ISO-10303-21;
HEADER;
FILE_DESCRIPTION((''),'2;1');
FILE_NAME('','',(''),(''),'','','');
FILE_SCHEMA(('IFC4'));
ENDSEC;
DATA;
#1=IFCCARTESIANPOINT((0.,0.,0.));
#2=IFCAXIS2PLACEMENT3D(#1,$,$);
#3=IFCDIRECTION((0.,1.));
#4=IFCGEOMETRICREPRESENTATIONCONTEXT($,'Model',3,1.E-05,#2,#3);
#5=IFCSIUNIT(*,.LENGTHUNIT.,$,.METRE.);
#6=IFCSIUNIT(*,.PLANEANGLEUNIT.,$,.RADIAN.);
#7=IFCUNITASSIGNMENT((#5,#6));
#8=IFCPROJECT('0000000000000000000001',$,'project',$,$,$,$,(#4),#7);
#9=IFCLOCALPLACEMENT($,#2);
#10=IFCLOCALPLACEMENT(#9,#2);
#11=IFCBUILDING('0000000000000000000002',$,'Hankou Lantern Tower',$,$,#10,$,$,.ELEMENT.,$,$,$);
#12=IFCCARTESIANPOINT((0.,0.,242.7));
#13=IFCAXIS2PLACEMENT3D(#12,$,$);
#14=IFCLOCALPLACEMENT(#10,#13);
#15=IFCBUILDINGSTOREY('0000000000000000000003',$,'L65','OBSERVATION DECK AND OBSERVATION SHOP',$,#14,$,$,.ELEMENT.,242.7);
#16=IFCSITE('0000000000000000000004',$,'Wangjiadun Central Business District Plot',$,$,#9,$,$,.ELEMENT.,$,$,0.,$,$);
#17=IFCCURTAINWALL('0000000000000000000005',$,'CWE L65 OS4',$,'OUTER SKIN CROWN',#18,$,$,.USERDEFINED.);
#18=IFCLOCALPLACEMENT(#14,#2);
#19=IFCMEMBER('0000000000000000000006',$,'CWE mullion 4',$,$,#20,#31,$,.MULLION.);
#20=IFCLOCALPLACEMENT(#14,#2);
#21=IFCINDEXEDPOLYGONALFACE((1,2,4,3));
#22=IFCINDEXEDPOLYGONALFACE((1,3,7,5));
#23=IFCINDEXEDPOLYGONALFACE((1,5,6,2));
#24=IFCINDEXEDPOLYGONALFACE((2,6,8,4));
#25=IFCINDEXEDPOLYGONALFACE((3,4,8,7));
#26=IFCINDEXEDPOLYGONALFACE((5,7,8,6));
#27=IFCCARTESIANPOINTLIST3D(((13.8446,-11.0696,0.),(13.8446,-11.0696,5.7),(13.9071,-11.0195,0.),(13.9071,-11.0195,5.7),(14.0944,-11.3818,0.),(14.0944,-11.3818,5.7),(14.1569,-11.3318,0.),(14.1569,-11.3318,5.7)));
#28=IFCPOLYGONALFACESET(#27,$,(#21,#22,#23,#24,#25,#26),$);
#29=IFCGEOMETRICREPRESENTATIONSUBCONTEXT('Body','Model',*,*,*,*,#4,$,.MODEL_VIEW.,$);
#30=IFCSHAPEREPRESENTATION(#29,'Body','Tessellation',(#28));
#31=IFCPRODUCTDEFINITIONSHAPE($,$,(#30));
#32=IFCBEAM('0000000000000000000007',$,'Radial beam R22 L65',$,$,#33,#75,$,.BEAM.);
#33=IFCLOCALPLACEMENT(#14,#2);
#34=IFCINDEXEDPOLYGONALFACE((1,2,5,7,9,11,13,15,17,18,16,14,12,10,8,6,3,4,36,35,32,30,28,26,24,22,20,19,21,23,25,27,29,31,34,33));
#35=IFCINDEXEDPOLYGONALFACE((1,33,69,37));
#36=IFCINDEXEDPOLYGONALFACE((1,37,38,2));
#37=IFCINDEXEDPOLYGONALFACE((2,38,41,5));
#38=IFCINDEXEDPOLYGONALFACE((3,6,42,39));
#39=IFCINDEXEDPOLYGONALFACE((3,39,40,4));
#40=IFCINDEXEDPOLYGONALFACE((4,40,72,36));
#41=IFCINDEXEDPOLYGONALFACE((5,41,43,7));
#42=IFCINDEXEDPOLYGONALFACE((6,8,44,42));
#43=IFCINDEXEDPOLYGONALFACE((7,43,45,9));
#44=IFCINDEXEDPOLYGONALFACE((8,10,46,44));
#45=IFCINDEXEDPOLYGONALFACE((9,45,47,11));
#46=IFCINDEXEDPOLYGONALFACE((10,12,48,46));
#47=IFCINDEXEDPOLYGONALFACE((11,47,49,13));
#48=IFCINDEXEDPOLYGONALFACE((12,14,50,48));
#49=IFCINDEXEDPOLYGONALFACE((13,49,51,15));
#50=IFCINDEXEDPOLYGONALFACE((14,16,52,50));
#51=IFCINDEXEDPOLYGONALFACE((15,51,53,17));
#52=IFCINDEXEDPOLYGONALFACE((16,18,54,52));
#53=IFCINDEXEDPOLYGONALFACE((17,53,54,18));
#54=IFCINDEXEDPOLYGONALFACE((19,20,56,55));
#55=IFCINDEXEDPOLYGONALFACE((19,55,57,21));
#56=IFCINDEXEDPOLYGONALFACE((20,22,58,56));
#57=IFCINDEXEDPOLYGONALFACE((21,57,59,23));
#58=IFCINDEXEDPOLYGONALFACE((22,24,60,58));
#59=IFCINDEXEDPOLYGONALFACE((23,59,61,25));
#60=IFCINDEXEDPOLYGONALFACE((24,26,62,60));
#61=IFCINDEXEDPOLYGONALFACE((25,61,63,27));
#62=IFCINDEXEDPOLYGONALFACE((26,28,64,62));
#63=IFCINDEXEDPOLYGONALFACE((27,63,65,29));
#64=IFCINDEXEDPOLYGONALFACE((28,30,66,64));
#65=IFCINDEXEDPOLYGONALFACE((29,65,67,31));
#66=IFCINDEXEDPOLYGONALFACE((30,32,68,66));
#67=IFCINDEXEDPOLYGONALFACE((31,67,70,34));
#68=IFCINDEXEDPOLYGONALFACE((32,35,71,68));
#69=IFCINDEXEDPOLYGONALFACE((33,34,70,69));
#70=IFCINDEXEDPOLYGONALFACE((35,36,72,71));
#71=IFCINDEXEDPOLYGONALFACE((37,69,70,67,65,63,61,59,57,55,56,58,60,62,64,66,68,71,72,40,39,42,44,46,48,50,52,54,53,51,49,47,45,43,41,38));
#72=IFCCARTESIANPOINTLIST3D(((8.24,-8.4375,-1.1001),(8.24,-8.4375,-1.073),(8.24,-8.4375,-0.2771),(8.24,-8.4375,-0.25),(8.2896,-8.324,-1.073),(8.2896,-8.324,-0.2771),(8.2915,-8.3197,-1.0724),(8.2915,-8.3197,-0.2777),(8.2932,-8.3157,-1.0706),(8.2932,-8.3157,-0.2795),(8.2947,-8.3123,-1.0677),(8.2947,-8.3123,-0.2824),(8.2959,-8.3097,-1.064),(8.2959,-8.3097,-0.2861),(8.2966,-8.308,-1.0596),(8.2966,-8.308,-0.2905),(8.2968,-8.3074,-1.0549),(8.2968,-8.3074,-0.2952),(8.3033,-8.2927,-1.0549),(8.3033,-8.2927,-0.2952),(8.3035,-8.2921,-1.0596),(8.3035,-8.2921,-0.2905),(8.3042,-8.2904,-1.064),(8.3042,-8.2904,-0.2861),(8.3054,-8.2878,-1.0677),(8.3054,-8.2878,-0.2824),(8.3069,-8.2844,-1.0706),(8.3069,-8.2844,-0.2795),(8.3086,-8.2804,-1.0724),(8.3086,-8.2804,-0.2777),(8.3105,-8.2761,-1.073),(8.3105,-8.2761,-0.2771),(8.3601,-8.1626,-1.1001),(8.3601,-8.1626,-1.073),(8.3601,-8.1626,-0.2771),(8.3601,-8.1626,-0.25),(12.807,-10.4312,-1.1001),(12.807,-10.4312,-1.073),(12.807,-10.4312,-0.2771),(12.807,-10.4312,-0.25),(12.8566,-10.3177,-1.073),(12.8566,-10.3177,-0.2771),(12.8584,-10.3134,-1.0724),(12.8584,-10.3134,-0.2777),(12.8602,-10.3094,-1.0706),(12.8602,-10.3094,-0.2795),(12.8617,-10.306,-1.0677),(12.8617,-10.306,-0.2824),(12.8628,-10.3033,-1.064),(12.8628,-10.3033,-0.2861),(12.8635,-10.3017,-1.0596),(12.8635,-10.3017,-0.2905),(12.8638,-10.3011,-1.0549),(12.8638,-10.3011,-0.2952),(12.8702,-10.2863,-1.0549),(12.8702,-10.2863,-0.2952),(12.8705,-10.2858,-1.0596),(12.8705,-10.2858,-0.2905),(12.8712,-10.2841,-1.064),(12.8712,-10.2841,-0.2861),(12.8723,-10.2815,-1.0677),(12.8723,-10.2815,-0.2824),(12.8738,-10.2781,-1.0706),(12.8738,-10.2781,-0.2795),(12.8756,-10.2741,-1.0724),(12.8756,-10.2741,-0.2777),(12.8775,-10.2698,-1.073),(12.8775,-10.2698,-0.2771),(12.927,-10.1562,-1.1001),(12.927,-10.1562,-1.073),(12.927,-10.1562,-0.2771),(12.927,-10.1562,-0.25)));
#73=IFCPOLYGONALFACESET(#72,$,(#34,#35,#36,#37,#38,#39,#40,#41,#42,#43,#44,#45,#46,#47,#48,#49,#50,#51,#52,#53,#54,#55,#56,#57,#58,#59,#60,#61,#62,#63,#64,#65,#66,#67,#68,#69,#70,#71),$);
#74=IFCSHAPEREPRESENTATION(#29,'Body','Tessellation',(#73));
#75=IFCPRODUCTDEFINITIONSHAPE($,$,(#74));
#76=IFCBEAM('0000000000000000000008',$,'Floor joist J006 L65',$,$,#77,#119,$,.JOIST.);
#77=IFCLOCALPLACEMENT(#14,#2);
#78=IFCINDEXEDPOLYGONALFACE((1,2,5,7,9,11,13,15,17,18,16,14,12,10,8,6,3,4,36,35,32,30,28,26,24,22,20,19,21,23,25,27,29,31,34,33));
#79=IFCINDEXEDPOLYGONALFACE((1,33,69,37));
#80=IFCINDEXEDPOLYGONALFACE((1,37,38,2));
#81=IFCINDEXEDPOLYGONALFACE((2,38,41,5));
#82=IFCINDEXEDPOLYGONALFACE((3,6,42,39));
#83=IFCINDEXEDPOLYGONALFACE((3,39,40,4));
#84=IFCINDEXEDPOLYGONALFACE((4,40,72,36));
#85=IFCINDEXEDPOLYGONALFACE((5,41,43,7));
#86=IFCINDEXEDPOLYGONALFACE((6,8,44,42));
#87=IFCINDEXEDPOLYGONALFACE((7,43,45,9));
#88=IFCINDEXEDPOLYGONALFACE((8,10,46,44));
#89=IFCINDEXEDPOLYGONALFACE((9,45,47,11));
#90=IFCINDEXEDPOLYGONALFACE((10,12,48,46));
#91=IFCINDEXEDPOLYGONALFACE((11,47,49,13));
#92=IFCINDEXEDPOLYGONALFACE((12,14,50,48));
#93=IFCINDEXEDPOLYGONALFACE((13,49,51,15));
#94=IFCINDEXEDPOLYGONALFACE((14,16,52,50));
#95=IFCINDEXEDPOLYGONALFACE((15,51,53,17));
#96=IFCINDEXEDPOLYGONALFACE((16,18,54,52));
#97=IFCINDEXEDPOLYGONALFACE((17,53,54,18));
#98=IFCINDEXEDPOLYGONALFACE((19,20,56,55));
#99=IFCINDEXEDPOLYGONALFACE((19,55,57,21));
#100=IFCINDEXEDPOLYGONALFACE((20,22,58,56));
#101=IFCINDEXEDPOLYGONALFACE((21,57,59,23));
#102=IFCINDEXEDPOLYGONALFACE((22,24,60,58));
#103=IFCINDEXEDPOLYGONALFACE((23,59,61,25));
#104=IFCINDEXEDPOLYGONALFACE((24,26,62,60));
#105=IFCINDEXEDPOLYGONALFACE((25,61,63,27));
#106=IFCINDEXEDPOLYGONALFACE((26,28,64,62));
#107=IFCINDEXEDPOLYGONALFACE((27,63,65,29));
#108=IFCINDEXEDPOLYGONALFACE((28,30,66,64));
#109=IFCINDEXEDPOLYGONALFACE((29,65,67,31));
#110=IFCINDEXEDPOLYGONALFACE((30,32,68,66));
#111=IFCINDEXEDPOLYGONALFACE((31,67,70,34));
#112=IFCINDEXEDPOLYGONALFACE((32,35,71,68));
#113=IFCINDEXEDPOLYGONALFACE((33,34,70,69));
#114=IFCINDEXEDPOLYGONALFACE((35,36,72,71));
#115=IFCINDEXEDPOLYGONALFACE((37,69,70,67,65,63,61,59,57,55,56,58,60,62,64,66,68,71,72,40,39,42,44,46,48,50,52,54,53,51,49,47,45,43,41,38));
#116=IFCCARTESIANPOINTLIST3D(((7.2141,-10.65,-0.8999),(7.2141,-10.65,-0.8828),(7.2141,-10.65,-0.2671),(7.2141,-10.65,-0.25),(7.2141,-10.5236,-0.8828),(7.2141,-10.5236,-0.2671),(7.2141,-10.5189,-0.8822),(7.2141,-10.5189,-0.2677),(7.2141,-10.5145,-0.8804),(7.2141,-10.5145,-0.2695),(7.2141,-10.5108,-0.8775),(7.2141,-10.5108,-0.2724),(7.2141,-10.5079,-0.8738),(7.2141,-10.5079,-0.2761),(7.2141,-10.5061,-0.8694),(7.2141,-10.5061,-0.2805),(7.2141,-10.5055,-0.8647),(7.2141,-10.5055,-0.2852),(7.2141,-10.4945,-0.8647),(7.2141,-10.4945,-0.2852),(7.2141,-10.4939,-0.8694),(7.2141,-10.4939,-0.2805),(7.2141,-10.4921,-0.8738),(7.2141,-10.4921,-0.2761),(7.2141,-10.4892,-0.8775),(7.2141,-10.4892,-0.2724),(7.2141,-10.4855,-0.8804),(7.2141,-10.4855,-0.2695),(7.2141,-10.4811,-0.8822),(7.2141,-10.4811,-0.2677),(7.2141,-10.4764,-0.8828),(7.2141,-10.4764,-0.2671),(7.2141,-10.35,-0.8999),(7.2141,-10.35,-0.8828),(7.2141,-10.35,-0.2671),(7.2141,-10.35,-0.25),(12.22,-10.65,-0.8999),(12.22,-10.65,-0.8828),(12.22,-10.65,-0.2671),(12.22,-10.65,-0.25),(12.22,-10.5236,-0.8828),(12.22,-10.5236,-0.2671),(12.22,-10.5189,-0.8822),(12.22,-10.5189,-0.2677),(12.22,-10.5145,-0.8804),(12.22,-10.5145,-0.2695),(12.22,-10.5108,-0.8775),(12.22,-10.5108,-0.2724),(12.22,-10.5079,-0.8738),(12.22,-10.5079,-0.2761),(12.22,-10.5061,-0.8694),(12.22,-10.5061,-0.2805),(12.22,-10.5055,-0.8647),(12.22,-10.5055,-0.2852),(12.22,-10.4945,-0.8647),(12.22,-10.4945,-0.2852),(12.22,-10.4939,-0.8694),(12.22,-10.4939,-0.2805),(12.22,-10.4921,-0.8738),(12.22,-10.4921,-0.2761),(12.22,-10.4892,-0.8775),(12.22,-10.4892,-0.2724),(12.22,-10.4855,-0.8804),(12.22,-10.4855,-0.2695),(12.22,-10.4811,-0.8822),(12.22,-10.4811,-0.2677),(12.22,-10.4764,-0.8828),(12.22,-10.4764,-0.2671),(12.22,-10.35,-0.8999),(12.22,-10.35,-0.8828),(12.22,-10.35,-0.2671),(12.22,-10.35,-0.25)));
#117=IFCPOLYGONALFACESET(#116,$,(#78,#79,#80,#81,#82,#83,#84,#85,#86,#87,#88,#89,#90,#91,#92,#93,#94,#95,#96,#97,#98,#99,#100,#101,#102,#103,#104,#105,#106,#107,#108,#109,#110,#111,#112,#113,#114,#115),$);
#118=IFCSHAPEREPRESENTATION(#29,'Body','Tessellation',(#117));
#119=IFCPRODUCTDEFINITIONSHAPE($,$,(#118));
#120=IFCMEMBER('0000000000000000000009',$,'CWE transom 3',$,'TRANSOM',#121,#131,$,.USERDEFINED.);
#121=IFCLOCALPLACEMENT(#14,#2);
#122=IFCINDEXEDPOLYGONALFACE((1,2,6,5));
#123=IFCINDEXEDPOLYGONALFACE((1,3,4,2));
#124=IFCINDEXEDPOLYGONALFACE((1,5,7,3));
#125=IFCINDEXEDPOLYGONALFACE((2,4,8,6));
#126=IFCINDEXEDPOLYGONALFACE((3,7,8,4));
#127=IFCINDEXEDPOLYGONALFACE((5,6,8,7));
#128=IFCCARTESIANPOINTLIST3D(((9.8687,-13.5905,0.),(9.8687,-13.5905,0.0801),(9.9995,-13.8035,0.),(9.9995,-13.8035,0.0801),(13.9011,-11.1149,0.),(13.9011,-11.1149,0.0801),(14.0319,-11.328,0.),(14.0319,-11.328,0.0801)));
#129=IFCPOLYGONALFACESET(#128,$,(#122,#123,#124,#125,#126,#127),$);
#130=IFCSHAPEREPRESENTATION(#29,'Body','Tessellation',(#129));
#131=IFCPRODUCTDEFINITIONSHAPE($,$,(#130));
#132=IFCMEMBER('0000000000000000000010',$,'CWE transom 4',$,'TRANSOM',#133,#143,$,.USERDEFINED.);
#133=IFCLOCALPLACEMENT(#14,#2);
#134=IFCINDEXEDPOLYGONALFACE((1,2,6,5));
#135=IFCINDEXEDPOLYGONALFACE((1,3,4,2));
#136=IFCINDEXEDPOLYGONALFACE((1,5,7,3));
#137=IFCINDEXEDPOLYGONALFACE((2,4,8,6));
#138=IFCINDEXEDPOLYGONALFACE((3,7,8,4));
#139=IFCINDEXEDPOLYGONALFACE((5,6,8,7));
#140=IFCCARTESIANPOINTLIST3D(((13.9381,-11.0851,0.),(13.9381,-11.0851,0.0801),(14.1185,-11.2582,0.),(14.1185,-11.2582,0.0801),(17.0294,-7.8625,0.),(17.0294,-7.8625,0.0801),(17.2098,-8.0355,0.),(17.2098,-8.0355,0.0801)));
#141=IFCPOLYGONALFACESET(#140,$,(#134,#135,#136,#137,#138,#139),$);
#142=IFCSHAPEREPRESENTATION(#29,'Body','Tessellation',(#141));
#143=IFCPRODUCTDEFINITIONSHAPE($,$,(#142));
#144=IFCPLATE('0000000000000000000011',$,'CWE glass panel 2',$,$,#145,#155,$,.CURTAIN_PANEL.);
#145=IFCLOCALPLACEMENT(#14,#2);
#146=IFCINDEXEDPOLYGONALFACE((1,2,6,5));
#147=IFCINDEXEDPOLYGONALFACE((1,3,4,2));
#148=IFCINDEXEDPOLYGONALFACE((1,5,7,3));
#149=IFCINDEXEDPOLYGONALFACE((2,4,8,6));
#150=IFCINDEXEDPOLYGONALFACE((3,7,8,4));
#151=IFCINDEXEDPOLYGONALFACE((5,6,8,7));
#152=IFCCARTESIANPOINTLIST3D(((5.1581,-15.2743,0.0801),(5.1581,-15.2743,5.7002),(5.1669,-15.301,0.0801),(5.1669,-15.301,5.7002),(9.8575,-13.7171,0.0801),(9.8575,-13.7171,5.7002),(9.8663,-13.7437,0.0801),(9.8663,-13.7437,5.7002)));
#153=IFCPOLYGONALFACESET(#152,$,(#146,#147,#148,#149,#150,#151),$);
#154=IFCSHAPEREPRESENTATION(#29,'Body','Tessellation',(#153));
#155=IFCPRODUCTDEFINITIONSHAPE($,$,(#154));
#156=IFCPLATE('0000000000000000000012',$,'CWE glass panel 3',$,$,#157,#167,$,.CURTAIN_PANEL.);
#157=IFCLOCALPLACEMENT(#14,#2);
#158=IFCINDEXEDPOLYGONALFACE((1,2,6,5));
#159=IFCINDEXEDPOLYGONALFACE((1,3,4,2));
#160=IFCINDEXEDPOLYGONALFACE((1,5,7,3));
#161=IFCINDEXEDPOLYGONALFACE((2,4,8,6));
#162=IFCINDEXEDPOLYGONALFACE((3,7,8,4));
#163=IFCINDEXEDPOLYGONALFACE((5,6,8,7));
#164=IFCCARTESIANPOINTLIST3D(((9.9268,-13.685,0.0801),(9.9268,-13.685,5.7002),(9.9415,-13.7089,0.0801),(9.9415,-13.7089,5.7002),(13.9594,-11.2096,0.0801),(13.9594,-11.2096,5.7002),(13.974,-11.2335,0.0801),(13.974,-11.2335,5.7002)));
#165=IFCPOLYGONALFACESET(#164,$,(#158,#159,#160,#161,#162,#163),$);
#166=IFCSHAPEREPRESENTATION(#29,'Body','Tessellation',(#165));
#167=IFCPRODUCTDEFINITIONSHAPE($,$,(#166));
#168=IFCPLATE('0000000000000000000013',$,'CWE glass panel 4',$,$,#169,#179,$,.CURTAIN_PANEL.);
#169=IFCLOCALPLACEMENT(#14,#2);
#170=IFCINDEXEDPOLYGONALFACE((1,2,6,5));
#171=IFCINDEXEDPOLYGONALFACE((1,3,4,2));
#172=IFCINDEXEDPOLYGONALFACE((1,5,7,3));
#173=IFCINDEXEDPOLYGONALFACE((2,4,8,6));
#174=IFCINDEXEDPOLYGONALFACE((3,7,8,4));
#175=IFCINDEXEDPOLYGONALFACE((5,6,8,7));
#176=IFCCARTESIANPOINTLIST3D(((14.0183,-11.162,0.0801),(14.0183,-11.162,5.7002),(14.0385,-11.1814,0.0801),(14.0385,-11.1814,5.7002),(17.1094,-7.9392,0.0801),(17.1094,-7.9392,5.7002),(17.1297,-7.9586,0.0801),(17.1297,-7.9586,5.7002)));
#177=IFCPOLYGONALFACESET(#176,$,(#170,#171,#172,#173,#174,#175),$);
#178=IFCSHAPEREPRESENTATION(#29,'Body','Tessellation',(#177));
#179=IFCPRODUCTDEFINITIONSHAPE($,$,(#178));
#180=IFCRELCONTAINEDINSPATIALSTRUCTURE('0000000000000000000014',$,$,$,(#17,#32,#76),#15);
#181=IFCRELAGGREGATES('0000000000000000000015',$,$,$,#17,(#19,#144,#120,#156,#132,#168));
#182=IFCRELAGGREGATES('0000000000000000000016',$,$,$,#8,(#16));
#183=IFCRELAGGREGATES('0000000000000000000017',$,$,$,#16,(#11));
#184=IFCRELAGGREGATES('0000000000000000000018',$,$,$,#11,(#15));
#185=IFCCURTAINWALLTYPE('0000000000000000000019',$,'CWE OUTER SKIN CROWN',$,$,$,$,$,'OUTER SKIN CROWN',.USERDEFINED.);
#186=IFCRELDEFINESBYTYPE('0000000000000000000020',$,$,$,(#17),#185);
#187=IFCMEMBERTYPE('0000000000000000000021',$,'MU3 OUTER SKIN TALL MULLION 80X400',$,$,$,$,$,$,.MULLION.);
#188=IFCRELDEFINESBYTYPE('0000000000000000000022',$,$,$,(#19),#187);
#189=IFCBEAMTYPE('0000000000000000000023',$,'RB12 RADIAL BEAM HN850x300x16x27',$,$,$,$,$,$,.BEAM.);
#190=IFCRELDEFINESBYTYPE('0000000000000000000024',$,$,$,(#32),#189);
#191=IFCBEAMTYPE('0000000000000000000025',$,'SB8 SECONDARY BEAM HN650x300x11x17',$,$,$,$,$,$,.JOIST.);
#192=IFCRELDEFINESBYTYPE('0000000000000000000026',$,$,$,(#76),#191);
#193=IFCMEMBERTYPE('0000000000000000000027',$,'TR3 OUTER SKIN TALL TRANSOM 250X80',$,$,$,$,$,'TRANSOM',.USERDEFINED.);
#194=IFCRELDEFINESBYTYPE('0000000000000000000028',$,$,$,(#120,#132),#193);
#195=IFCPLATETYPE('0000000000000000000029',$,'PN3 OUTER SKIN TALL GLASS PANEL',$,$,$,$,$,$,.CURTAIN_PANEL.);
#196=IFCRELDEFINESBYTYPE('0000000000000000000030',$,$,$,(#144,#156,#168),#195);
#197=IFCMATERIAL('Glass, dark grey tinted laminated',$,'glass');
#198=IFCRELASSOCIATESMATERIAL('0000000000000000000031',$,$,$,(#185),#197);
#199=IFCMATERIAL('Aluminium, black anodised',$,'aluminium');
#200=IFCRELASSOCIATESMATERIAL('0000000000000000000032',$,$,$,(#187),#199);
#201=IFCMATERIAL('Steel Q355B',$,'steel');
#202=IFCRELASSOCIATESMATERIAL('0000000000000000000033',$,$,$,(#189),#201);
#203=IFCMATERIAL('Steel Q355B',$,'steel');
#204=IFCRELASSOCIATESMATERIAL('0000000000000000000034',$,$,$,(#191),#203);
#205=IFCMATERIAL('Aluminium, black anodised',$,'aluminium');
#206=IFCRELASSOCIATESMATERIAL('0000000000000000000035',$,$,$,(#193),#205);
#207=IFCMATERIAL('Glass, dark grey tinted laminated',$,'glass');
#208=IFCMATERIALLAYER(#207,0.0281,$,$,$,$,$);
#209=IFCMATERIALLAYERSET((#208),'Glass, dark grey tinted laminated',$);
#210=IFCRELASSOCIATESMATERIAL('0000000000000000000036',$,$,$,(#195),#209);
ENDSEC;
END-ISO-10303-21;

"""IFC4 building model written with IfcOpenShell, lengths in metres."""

from ifc_helpers import new_model, si_unit, direction, frame, origin, origin_2d, place, context, subcontext, project, spatial, rectangle, i_section, extrude, material, layer, layer_set, material_profile, profile_set, type_object, element, aggregate, save


model = new_model("IFC4")

# Units and contexts
model_context = context("Model", 3, precision=1e-05, world=origin(), true_north=direction((0.0, 1.0)))
body_context = subcontext(model_context, "Body", "Model", "MODEL_VIEW")
ifc_project = project(units=[si_unit("LENGTHUNIT", "METRE"), si_unit("PLANEANGLEUNIT", "RADIAN")], contexts=[model_context])

# Site, building, storey
site_placement = place(None, origin())
site = spatial("IfcSite", under=ifc_project, at=site_placement, Name="Wangjiadun Central Business District Plot", CompositionType="ELEMENT", RefElevation=0.0)
building_placement = place(site_placement, origin())
building = spatial("IfcBuilding", under=site, at=building_placement, Name="Hankou Lantern Tower", CompositionType="ELEMENT")
storey_placement = place(building_placement, frame((0.0, 0.0, 242.7)))
storey = spatial("IfcBuildingStorey", under=building, at=storey_placement, Name="L65", Description="OBSERVATION DECK AND OBSERVATION SHOP", CompositionType="ELEMENT", Elevation=242.7)

# Curtain wall, member
ifc_material_1 = material(Name="Glass, dark grey tinted laminated", Category="glass")
curtain_wall_type = type_object("IfcCurtainWallType", Name="CWE OUTER SKIN CROWN", ElementType="OUTER SKIN CROWN", PredefinedType="USERDEFINED", material=ifc_material_1)
curtain_wall_placement = place(storey_placement, origin())
curtain_wall = element("IfcCurtainWall", 1, at=curtain_wall_placement, inside=storey, type_object=curtain_wall_type, Name="CWE L65 OS4", ObjectType="OUTER SKIN CROWN", PredefinedType="USERDEFINED")
ifc_material_2 = material(Name="Aluminium, black anodised", Category="aluminium")
ifc_material_profile_1 = material_profile(ifc_material_2, rectangle(XDim=0.0801, YDim=0.3999, at=origin_2d()), Name="MU3 80X400")
ifc_profile_set_1 = profile_set([ifc_material_profile_1], Name="Aluminium, black anodised")
member_type_1 = type_object("IfcMemberType", Name="MU3 OUTER SKIN TALL MULLION 80X400", PredefinedType="MULLION", material=ifc_profile_set_1)
member_1_placement = place(storey_placement, frame((14.0007, -11.2007, 0.0), z_axis=(0.0, 0.0, 1.0), x_axis=(0.780869, 0.624695, 0.0)))
member_1 = element("IfcMember", 2, at=member_1_placement, type_object=member_type_1, Name="CWE mullion 4", PredefinedType="MULLION", context=body_context, shape_type="SweptSolid", body=[
    extrude(rectangle(XDim=0.0801, YDim=0.3999, at=origin_2d()), origin(), (0.0, 0.0, 1.0), 5.7),
])

# Beams
ifc_material_3 = material(Name="Steel Q355B", Category="steel")
ifc_material_profile_2 = material_profile(ifc_material_3, i_section(OverallWidth=0.3, OverallDepth=0.8501, WebThickness=0.0161, FlangeThickness=0.0271, FilletRadius=0.0181, at=origin_2d()), Name="HN850x300x16x27")
ifc_profile_set_2 = profile_set([ifc_material_profile_2], Name="Steel Q355B")
beam_type_1 = type_object("IfcBeamType", Name="RB12 RADIAL BEAM HN850x300x16x27", PredefinedType="BEAM", material=ifc_profile_set_2)
beam_1_placement = place(storey_placement, frame((8.3, -8.3, -0.675), z_axis=(0.916479, -0.400084, 0.0), x_axis=(0.400084, 0.916479, 0.0)))
element("IfcBeam", 3, at=beam_1_placement, inside=storey, type_object=beam_type_1, Name="Radial beam R22 L65", PredefinedType="BEAM", context=body_context, shape_type="SweptSolid", body=[
    extrude(i_section(OverallWidth=0.3, OverallDepth=0.8501, WebThickness=0.0161, FlangeThickness=0.0271, FilletRadius=0.0181, at=origin_2d()), origin(), (0.0, 0.0, 1.0), 4.9832),
])
ifc_material_4 = material(Name="Steel Q355B", Category="steel")
ifc_material_profile_3 = material_profile(ifc_material_4, i_section(OverallWidth=0.3, OverallDepth=0.6499, WebThickness=0.011, FlangeThickness=0.0171, FilletRadius=0.0181, at=origin_2d()), Name="HN650x300x11x17")
ifc_profile_set_3 = profile_set([ifc_material_profile_3], Name="Steel Q355B")
beam_type_2 = type_object("IfcBeamType", Name="SB8 SECONDARY BEAM HN650x300x11x17", PredefinedType="JOIST", material=ifc_profile_set_3)
beam_2_placement = place(storey_placement, frame((7.2141, -10.5, -0.575), z_axis=(1.0, 0.0, 0.0), x_axis=(0.0, 1.0, 0.0)))
element("IfcBeam", 4, at=beam_2_placement, inside=storey, type_object=beam_type_2, Name="Floor joist J006 L65", PredefinedType="JOIST", context=body_context, shape_type="SweptSolid", body=[
    extrude(i_section(OverallWidth=0.3, OverallDepth=0.6499, WebThickness=0.011, FlangeThickness=0.0171, FilletRadius=0.0181, at=origin_2d()), origin(), (0.0, 0.0, 1.0), 5.0059),
])

# Members
ifc_material_5 = material(Name="Aluminium, black anodised", Category="aluminium")
ifc_material_profile_4 = material_profile(ifc_material_5, rectangle(XDim=0.25, YDim=0.0801, at=origin_2d()), Name="TR3 250X80")
ifc_profile_set_4 = profile_set([ifc_material_profile_4], Name="Aluminium, black anodised")
member_type_2 = type_object("IfcMemberType", Name="TR3 OUTER SKIN TALL TRANSOM 250X80", ElementType="TRANSOM", PredefinedType="USERDEFINED", material=ifc_profile_set_4)
member_2_placement = place(storey_placement, frame((9.9341, -13.697, 0.04), z_axis=(0.852218, 0.523187, 0.0), x_axis=(-0.523187, 0.852218, 0.0)))
member_2 = element("IfcMember", 5, at=member_2_placement, type_object=member_type_2, Name="CWE transom 3", ObjectType="TRANSOM", PredefinedType="USERDEFINED", context=body_context, shape_type="SweptSolid", body=[
    extrude(rectangle(XDim=0.25, YDim=0.0801, at=origin_2d()), origin(), (0.0, 0.0, 1.0), 4.7317),
])
member_3_placement = place(storey_placement, frame((14.0283, -11.1716, 0.04), z_axis=(0.692247, 0.72166, 0.0), x_axis=(-0.72166, 0.692247, 0.0)))
member_3 = element("IfcMember", 6, at=member_3_placement, type_object=member_type_2, Name="CWE transom 4", ObjectType="TRANSOM", PredefinedType="USERDEFINED", context=body_context, shape_type="SweptSolid", body=[
    extrude(rectangle(XDim=0.25, YDim=0.0801, at=origin_2d()), origin(), (0.0, 0.0, 1.0), 4.4656),
])

# Plates
ifc_material_6 = material(Name="Glass, dark grey tinted laminated", Category="glass")
ifc_layer_1 = layer(ifc_material_6, 0.0281)
ifc_layer_set_1 = layer_set([ifc_layer_1], Name="Glass, dark grey tinted laminated")
plate_type = type_object("IfcPlateType", Name="PN3 OUTER SKIN TALL GLASS PANEL", PredefinedType="CURTAIN_PANEL", material=ifc_layer_set_1)
plate_1_placement = place(storey_placement, frame((7.5122, -14.509, 0.0801), z_axis=(0.0, 0.0, 1.0), x_axis=(0.949241, 0.314551, 0.0)))
plate_1 = element("IfcPlate", 7, at=plate_1_placement, type_object=plate_type, Name="CWE glass panel 2", PredefinedType="CURTAIN_PANEL", context=body_context, shape_type="SweptSolid", body=[
    extrude(rectangle(XDim=4.9507, YDim=0.0281, at=origin_2d()), origin(), (0.0, 0.0, 1.0), 5.6201),
])
plate_2_placement = place(storey_placement, frame((11.9504, -12.4592, 0.0801), z_axis=(0.0, 0.0, 1.0), x_axis=(0.852237, 0.523156, 0.0)))
plate_2 = element("IfcPlate", 8, at=plate_2_placement, type_object=plate_type, Name="CWE glass panel 3", PredefinedType="CURTAIN_PANEL", context=body_context, shape_type="SweptSolid", body=[
    extrude(rectangle(XDim=4.7317, YDim=0.0281, at=origin_2d()), origin(), (0.0, 0.0, 1.0), 5.6201),
])
plate_3_placement = place(storey_placement, frame((15.574, -9.5603, 0.0801), z_axis=(0.0, 0.0, 1.0), x_axis=(0.692216, 0.721691, 0.0)))
plate_3 = element("IfcPlate", 9, at=plate_3_placement, type_object=plate_type, Name="CWE glass panel 4", PredefinedType="CURTAIN_PANEL", context=body_context, shape_type="SweptSolid", body=[
    extrude(rectangle(XDim=4.4656, YDim=0.0281, at=origin_2d()), origin(), (0.0, 0.0, 1.0), 5.6201),
])
aggregate(curtain_wall, [member_1, plate_1, member_2, plate_2, member_3, plate_3])

save(model, "model.ifc")
